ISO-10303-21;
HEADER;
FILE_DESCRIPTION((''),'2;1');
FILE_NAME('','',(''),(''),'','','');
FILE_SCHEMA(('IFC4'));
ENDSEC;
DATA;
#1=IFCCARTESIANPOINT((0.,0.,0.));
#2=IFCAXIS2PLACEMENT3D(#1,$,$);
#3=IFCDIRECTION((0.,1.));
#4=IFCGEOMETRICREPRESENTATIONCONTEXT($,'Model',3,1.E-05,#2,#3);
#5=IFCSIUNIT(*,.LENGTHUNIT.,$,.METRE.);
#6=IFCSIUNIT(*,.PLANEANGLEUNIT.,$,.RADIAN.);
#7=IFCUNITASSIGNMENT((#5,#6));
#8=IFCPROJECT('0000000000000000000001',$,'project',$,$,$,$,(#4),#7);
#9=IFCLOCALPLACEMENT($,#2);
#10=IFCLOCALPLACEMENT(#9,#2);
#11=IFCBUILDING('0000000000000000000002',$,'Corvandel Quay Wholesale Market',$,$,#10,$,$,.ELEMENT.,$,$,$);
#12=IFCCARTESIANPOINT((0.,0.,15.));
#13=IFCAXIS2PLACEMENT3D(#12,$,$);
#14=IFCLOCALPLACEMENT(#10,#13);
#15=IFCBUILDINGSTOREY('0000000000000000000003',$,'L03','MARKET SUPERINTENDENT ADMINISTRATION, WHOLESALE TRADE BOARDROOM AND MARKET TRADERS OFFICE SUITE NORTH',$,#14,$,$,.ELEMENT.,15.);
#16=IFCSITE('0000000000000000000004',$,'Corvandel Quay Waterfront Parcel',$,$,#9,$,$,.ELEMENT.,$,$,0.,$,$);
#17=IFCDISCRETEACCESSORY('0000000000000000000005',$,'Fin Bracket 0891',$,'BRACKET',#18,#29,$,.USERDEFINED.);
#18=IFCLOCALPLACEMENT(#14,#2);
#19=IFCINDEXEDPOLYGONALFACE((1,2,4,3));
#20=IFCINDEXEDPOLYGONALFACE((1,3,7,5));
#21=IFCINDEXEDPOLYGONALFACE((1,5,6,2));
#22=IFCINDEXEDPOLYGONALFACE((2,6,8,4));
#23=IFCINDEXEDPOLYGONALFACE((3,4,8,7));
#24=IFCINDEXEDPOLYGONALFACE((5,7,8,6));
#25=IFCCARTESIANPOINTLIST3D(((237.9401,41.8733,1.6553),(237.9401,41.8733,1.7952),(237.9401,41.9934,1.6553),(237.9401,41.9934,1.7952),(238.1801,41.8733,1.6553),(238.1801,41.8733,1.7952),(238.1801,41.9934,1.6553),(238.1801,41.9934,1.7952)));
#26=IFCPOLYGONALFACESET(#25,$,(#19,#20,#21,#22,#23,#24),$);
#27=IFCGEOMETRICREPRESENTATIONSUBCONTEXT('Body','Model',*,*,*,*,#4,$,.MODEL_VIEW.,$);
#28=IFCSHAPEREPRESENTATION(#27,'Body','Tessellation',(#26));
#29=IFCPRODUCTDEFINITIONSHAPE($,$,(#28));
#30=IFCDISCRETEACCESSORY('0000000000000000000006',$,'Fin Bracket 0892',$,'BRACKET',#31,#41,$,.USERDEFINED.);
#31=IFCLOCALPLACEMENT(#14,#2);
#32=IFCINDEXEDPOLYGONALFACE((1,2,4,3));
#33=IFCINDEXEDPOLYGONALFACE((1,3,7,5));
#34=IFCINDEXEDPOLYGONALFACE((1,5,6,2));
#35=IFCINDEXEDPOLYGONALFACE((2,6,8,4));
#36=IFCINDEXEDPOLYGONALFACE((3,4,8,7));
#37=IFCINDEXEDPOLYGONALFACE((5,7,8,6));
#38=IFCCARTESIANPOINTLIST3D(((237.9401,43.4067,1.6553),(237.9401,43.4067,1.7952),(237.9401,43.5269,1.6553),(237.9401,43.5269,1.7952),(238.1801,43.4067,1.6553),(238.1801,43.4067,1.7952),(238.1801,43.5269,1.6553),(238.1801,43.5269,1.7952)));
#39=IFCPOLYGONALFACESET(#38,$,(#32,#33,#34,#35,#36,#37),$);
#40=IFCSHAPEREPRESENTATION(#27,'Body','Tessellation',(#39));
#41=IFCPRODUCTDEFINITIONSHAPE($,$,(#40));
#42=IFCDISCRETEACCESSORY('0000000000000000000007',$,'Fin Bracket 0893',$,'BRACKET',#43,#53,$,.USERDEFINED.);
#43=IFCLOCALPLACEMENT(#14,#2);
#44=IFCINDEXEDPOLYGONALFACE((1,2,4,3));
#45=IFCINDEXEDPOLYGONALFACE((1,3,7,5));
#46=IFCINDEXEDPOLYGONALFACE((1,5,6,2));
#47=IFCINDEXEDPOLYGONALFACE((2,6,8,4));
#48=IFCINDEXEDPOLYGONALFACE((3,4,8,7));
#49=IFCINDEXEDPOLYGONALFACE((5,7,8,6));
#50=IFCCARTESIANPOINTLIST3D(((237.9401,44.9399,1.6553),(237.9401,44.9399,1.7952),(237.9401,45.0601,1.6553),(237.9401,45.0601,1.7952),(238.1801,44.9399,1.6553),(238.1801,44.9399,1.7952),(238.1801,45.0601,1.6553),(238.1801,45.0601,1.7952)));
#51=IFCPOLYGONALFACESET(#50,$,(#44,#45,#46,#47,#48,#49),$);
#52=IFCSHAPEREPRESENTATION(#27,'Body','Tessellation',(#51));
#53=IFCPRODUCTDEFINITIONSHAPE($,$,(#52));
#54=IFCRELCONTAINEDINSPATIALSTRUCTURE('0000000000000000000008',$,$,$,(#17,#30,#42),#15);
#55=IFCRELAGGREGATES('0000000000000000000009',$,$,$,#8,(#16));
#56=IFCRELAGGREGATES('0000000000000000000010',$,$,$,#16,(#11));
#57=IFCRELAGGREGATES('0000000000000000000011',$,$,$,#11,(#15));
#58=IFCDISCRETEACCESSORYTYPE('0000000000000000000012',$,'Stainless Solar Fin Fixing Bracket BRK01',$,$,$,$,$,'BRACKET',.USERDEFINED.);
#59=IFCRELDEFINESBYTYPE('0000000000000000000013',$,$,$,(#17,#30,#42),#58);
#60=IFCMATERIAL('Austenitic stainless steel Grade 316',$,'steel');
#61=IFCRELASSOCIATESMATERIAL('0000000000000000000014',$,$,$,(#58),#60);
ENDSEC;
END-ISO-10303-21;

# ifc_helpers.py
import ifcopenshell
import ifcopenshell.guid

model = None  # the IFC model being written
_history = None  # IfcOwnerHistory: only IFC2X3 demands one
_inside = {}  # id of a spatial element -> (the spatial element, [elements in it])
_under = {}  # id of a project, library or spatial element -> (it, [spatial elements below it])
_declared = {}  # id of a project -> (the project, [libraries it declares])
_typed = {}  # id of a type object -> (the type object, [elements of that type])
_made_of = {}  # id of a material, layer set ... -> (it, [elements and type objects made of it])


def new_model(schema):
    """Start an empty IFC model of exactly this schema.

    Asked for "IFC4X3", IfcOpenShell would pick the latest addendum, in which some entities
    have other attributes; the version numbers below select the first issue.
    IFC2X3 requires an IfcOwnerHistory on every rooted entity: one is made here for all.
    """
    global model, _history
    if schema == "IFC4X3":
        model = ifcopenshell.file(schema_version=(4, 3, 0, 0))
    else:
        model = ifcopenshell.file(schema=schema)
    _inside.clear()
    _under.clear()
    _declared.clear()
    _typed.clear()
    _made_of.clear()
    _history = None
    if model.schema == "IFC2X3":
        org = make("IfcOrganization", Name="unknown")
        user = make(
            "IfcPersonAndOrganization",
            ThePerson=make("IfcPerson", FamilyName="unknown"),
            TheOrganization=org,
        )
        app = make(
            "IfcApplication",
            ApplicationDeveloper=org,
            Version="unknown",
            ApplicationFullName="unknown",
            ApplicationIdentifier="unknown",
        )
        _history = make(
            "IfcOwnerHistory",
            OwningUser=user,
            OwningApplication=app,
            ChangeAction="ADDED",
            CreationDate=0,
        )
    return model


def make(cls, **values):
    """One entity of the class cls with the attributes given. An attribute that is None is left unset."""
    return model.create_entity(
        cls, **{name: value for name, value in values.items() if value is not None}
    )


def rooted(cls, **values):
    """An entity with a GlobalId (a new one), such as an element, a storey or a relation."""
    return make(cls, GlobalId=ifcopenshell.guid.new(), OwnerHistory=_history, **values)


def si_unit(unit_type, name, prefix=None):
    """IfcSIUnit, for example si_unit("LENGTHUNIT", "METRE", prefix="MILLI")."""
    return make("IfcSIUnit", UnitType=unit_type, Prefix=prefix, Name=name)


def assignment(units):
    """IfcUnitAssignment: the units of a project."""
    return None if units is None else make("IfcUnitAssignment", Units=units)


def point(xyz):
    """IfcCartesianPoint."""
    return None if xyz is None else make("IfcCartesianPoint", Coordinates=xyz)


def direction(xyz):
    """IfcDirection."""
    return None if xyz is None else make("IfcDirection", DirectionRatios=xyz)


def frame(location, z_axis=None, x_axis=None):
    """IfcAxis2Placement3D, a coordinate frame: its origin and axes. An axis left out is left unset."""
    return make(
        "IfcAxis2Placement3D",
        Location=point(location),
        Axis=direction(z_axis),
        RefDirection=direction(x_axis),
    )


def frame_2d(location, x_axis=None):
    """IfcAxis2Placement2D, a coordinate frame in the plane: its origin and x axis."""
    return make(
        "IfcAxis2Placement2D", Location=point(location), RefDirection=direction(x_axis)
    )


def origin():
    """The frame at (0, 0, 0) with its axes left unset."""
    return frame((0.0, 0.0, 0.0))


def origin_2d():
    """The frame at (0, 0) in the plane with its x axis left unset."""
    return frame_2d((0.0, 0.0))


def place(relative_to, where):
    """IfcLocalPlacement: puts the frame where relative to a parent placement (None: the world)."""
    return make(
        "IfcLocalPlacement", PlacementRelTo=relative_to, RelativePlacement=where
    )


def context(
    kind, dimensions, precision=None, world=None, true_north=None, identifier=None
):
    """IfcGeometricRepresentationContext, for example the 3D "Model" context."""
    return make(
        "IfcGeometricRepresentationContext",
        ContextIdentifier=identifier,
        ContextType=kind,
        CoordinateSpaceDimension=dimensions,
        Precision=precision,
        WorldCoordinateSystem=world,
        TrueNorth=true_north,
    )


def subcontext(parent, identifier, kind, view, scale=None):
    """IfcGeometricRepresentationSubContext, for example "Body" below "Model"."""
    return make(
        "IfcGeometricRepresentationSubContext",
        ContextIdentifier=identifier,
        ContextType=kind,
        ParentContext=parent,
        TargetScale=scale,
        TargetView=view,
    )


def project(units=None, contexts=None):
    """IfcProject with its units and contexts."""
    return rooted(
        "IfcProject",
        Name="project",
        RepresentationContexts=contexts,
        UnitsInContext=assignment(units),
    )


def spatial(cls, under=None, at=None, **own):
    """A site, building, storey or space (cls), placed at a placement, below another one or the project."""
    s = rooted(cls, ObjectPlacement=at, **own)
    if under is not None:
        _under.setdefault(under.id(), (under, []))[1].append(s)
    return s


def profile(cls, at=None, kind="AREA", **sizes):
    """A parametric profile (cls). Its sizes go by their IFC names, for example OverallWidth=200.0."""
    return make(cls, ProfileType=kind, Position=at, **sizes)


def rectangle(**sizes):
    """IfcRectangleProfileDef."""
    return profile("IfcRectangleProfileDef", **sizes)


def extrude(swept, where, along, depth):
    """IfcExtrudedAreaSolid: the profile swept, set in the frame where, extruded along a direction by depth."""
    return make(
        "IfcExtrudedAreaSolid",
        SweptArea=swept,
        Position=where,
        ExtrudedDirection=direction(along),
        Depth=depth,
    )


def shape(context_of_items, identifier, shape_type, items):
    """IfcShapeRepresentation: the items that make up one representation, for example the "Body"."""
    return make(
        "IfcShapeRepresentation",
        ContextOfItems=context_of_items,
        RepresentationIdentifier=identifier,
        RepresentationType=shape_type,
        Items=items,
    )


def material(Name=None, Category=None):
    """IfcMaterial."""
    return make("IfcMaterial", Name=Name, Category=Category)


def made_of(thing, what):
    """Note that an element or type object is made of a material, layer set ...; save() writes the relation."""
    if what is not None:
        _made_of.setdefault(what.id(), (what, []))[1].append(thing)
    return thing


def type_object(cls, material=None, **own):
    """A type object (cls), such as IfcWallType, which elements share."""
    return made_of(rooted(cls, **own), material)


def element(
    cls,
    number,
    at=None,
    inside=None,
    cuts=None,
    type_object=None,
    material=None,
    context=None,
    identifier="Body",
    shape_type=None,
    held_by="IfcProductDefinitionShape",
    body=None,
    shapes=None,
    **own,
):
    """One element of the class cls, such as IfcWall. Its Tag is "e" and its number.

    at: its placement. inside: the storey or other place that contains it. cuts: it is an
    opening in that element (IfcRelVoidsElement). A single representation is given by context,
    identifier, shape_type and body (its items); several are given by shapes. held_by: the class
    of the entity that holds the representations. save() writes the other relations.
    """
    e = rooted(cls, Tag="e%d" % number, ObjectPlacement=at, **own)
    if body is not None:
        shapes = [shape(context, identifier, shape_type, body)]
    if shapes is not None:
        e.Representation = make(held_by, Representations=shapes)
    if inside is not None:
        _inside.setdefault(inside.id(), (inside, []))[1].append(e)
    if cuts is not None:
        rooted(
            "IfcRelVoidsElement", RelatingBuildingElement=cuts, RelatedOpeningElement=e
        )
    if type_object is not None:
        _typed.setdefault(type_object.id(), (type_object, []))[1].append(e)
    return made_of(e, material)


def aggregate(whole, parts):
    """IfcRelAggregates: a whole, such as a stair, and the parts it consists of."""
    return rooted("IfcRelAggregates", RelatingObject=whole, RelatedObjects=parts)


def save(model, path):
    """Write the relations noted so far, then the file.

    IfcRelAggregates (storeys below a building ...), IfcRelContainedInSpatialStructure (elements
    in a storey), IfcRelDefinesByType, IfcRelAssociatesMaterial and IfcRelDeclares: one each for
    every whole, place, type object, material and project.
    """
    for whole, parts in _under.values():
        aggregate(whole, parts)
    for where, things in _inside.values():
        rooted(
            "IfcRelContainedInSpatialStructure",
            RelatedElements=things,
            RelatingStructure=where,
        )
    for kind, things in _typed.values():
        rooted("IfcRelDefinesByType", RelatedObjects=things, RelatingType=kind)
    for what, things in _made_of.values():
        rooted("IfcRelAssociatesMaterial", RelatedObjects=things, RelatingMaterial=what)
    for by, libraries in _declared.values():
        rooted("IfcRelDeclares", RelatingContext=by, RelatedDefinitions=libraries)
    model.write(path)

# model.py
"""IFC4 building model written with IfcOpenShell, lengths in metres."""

from ifc_helpers import new_model, si_unit, direction, frame, origin, origin_2d, place, context, subcontext, project, spatial, rectangle, extrude, material, type_object, element, save


model = new_model("IFC4")

# Units and contexts
model_context = context("Model", 3, precision=1e-05, world=origin(), true_north=direction((0.0, 1.0)))
body_context = subcontext(model_context, "Body", "Model", "MODEL_VIEW")
ifc_project = project(units=[si_unit("LENGTHUNIT", "METRE"), si_unit("PLANEANGLEUNIT", "RADIAN")], contexts=[model_context])

# Site, building, storey
site_placement = place(None, origin())
site = spatial("IfcSite", under=ifc_project, at=site_placement, Name="Corvandel Quay Waterfront Parcel", CompositionType="ELEMENT", RefElevation=0.0)
building_placement = place(site_placement, origin())
building = spatial("IfcBuilding", under=site, at=building_placement, Name="Corvandel Quay Wholesale Market", CompositionType="ELEMENT")
storey_placement = place(building_placement, frame((0.0, 0.0, 15.0)))
storey = spatial("IfcBuildingStorey", under=building, at=storey_placement, Name="L03", Description="MARKET SUPERINTENDENT ADMINISTRATION, WHOLESALE TRADE BOARDROOM AND MARKET TRADERS OFFICE SUITE NORTH", CompositionType="ELEMENT", Elevation=15.0)

# Discrete accessories
ifc_material_1 = material(Name="Austenitic stainless steel Grade 316", Category="steel")
discrete_accessory_type = type_object("IfcDiscreteAccessoryType", Name="Stainless Solar Fin Fixing Bracket BRK01", ElementType="BRACKET", PredefinedType="USERDEFINED", material=ifc_material_1)
for number, where, z_axis, x_axis, name in (
    (1, (238.0601, 41.9333, 1.6553), (0.0, 0.0, 1.0), (1.0, 0.0, 0.0), "Fin Bracket 0891"),
    (2, (238.0601, 43.4668, 1.6553), (0.0, 0.0, 1.0), (1.0, 0.0, 0.0), "Fin Bracket 0892"),
    (3, (238.0601, 45.0, 1.6553), (0.0, 0.0, 1.0), (1.0, 0.0, 0.0), "Fin Bracket 0893"),
):
    element("IfcDiscreteAccessory", number, at=place(storey_placement, frame(where, z_axis=z_axis, x_axis=x_axis)), inside=storey, type_object=discrete_accessory_type, Name=name, ObjectType="BRACKET", PredefinedType="USERDEFINED", context=body_context, shape_type="SweptSolid", body=[
        extrude(rectangle(XDim=0.24, YDim=0.1201, at=origin_2d()), origin(), (0.0, 0.0, 1.0), 0.1399),
    ])

save(model, "model.ifc")
